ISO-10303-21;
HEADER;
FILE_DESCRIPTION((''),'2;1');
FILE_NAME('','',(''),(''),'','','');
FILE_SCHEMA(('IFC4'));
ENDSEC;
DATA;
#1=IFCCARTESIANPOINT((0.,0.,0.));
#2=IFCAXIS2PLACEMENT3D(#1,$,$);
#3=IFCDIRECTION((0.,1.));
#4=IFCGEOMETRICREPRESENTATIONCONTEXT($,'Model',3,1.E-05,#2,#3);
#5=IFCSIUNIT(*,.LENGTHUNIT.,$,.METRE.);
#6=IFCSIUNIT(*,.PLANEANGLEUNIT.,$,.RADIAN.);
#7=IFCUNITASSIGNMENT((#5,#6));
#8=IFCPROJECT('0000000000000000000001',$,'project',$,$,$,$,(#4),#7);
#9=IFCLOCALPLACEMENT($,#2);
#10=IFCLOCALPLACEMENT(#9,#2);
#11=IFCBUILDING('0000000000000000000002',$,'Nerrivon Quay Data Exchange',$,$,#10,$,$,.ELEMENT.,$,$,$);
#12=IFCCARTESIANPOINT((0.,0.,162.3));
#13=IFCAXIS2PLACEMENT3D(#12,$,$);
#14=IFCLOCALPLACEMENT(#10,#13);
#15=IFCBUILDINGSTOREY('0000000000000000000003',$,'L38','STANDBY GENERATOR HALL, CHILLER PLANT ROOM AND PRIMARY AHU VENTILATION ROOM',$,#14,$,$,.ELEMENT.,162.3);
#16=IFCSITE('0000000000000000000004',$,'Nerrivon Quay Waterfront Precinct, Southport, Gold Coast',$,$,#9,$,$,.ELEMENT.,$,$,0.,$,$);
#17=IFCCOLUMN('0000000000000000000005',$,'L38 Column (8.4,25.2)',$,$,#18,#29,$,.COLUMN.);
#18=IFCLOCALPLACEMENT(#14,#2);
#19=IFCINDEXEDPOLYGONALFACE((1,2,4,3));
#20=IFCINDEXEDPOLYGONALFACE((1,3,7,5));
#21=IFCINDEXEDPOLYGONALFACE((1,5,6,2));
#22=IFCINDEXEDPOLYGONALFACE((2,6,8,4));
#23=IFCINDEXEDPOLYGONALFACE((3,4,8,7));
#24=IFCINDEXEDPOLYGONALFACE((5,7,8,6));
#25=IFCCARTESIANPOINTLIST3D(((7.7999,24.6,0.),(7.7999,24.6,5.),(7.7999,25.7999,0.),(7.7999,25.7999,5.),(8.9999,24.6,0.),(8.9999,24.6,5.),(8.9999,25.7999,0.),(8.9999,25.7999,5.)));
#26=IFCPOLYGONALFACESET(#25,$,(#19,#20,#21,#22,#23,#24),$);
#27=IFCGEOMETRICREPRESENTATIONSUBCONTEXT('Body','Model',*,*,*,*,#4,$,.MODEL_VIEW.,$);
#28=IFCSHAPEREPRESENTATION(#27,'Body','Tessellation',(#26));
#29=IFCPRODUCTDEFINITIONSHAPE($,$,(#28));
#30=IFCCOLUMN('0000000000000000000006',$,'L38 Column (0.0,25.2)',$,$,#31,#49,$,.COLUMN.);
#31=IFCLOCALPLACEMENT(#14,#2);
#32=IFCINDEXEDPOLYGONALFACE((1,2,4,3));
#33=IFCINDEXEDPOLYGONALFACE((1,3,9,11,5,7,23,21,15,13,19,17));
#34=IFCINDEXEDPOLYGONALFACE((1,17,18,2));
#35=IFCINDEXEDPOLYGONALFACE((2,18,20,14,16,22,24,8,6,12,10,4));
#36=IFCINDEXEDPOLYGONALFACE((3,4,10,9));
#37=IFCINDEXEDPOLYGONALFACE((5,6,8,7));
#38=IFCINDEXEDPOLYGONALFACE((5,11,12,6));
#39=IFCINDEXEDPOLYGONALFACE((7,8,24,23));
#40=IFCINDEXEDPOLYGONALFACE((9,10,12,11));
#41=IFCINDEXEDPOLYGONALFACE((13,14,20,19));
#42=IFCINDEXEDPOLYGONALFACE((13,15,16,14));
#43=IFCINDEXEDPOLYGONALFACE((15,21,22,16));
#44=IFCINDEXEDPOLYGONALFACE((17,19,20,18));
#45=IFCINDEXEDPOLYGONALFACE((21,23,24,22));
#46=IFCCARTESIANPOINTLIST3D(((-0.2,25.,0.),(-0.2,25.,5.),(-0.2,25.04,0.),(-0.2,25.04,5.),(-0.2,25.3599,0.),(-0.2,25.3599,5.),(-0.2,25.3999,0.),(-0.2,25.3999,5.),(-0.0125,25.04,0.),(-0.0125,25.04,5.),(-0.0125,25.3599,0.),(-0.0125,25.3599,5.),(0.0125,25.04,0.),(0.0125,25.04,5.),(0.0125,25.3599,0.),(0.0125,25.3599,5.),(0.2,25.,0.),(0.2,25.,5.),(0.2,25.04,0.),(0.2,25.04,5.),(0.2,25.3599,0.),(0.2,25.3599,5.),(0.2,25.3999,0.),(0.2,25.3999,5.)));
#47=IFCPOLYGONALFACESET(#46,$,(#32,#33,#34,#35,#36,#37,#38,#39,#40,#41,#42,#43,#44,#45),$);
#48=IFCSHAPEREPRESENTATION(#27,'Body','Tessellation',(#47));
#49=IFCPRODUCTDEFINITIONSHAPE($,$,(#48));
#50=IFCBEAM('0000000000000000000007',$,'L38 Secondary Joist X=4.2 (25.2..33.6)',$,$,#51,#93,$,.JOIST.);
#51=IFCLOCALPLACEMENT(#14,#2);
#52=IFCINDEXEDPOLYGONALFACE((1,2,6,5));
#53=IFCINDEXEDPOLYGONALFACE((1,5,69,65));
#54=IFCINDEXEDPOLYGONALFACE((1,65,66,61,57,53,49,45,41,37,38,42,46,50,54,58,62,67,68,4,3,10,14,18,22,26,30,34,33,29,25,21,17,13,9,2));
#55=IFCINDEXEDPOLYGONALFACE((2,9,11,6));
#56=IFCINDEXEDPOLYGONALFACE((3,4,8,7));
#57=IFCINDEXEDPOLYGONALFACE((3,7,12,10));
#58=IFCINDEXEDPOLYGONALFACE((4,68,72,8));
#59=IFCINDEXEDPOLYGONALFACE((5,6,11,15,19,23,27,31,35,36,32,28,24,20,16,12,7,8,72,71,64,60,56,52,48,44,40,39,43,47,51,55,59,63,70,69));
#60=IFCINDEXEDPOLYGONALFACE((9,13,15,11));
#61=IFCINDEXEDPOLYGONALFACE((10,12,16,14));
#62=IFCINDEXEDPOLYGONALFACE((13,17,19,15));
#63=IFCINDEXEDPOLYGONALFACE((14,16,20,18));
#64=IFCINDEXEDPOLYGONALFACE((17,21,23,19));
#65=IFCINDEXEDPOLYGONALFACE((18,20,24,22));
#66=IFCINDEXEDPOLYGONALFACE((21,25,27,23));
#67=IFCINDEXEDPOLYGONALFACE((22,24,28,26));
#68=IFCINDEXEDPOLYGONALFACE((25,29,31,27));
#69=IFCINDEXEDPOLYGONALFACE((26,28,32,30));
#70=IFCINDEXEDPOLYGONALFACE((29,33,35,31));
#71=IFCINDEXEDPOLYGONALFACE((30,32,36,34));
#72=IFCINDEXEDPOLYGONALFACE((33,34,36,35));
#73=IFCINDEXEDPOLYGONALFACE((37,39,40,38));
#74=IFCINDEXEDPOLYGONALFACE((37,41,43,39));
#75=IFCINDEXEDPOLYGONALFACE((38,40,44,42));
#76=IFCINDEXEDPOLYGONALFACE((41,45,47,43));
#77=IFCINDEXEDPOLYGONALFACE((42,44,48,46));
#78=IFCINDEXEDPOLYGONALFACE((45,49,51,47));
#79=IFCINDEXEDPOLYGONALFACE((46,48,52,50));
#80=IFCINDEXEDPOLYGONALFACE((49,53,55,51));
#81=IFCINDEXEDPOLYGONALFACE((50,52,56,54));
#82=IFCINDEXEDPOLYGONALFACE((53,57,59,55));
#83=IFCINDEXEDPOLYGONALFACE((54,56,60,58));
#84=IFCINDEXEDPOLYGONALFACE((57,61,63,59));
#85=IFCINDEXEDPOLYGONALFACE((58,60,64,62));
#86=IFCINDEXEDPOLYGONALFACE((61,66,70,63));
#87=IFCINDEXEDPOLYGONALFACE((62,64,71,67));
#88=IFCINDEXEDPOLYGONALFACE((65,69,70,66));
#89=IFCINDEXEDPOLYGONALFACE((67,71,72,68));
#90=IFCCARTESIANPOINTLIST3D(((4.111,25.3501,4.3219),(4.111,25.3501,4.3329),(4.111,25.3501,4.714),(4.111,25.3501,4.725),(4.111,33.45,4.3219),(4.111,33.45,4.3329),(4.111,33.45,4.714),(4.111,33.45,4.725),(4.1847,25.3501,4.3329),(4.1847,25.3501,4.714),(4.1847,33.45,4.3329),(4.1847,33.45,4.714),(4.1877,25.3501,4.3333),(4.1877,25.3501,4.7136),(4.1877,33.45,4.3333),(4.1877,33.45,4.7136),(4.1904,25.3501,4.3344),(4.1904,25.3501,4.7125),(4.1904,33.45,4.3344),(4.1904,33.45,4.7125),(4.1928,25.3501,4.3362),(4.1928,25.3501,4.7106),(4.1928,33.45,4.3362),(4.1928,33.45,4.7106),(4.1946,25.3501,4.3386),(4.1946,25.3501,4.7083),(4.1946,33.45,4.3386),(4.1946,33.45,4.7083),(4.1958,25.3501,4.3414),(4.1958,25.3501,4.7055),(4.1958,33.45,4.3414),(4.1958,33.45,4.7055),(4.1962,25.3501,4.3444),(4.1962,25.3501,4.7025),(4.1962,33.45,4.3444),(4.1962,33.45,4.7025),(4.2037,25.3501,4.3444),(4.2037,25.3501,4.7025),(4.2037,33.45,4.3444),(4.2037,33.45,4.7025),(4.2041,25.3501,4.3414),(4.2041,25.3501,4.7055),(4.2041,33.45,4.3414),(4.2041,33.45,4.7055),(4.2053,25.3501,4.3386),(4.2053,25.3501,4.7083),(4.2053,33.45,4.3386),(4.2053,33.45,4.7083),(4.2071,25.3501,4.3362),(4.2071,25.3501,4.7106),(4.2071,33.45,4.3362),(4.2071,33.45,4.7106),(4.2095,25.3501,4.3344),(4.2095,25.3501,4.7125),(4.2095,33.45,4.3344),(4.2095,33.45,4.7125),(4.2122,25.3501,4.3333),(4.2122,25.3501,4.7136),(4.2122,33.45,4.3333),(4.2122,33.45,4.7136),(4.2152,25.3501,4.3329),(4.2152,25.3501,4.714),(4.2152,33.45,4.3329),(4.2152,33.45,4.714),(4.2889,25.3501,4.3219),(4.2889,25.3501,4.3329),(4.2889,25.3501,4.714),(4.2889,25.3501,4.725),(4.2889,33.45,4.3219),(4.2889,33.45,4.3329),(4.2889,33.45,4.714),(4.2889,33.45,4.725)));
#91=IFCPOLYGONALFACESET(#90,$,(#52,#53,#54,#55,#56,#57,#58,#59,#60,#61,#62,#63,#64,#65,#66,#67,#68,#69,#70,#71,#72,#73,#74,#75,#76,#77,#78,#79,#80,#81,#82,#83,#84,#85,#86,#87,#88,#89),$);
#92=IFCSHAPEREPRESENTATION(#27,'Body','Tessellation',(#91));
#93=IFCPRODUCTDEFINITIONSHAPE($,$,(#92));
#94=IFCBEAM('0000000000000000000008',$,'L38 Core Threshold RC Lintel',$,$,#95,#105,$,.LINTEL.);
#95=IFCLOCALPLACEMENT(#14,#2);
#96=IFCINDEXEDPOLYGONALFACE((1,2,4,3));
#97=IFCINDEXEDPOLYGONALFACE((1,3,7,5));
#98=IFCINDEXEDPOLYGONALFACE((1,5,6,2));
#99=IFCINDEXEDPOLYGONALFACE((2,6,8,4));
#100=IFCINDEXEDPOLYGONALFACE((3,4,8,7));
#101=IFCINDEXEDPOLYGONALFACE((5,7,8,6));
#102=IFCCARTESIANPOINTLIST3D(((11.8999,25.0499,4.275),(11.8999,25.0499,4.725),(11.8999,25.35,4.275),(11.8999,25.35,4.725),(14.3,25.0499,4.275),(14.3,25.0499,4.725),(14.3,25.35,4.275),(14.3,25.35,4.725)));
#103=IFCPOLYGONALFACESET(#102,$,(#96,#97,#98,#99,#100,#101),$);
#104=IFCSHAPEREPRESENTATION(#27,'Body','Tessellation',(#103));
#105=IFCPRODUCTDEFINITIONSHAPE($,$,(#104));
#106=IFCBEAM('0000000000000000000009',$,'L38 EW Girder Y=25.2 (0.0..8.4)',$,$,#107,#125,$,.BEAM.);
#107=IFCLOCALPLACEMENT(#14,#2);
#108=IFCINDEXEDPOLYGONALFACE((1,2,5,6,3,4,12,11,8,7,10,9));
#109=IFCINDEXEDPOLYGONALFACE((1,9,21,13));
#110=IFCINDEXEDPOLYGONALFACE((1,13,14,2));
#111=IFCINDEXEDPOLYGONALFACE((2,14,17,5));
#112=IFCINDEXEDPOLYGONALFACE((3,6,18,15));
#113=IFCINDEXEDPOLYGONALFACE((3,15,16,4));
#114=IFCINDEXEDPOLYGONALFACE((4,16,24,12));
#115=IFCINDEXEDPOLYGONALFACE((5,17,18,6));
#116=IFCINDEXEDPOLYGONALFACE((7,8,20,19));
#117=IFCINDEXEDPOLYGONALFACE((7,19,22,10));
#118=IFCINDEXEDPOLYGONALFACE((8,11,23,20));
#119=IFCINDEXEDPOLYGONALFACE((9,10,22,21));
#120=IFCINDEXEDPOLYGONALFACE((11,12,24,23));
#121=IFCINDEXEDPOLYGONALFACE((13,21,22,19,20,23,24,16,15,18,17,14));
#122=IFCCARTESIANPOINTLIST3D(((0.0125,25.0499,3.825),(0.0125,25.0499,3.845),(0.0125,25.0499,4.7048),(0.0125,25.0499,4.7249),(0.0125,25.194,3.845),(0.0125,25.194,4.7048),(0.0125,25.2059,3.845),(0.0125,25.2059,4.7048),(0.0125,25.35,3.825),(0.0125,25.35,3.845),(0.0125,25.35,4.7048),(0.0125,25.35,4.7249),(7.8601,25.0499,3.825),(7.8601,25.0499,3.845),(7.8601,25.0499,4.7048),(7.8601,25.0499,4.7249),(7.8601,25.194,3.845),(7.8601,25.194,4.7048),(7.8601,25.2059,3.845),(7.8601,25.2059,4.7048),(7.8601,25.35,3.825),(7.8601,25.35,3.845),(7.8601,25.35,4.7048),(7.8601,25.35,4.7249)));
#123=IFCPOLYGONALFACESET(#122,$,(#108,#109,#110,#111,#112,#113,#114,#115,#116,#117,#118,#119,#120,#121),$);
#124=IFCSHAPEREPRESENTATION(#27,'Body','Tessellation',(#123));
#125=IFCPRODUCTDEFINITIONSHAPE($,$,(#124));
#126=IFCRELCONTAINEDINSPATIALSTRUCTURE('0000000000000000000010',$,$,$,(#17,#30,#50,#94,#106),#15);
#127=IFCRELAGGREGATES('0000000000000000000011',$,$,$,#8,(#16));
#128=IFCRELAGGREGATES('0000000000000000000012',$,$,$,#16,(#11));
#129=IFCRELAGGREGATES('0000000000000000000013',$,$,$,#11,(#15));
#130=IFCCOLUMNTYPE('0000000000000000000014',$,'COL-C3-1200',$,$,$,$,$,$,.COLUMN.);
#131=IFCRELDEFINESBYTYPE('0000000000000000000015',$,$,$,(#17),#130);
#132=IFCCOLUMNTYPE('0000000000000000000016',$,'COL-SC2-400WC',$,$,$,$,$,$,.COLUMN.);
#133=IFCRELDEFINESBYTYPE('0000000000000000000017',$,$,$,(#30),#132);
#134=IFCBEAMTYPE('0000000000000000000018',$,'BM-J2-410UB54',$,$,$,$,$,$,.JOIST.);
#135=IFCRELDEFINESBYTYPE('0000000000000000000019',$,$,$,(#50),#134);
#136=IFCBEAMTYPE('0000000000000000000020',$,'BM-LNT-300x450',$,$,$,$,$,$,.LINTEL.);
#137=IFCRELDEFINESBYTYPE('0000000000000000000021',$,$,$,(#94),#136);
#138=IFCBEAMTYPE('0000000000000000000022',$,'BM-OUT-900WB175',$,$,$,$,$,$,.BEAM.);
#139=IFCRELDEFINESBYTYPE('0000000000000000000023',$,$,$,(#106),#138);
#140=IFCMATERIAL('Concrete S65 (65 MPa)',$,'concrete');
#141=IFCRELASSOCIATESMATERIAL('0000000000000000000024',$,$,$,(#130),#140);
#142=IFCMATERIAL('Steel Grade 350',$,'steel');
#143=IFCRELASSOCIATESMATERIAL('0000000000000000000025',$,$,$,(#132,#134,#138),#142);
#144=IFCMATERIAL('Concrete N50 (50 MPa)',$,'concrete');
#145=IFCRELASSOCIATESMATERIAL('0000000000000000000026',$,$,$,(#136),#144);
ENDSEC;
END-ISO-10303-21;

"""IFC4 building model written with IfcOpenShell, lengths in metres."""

from ifc_helpers import new_model, si_unit, direction, frame, origin, origin_2d, place, context, subcontext, project, spatial, rectangle, i_section, extrude, material, material_profile, profile_set, type_object, element, save


model = new_model("IFC4")

# Units and contexts
model_context = context("Model", 3, precision=1e-05, world=origin(), true_north=direction((0.0, 1.0)))
body_context = subcontext(model_context, "Body", "Model", "MODEL_VIEW")
ifc_project = project(units=[si_unit("LENGTHUNIT", "METRE"), si_unit("PLANEANGLEUNIT", "RADIAN")], contexts=[model_context])

# Site, building, storey
site_placement = place(None, origin())
site = spatial("IfcSite", under=ifc_project, at=site_placement, Name="Nerrivon Quay Waterfront Precinct, Southport, Gold Coast", CompositionType="ELEMENT", RefElevation=0.0)
building_placement = place(site_placement, origin())
building = spatial("IfcBuilding", under=site, at=building_placement, Name="Nerrivon Quay Data Exchange", CompositionType="ELEMENT")
storey_placement = place(building_placement, frame((0.0, 0.0, 162.3)))
storey = spatial("IfcBuildingStorey", under=building, at=storey_placement, Name="L38", Description="STANDBY GENERATOR HALL, CHILLER PLANT ROOM AND PRIMARY AHU VENTILATION ROOM", CompositionType="ELEMENT", Elevation=162.3)

# Columns
ifc_material_1 = material(Name="Concrete S65 (65 MPa)", Category="concrete")
ifc_material_profile_1 = material_profile(ifc_material_1, rectangle(XDim=1.2, YDim=1.2, at=origin_2d()), Name="RC-COL-1200x1200")
ifc_profile_set_1 = profile_set([ifc_material_profile_1], Name="Concrete S65 (65 MPa)")
column_type_1 = type_object("IfcColumnType", Name="COL-C3-1200", PredefinedType="COLUMN", material=ifc_profile_set_1)
column_1_placement = place(storey_placement, frame((8.3999, 25.2, 0.0), z_axis=(0.0, 0.0, 1.0), x_axis=(1.0, 0.0, 0.0)))
element("IfcColumn", 1, at=column_1_placement, inside=storey, type_object=column_type_1, Name="L38 Column (8.4,25.2)", PredefinedType="COLUMN", context=body_context, shape_type="SweptSolid", body=[
    extrude(rectangle(XDim=1.2, YDim=1.2, at=origin_2d()), origin(), (0.0, 0.0, 1.0), 5.0),
])
ifc_material_2 = material(Name="Steel Grade 350", Category="steel")
ifc_material_profile_2 = material_profile(ifc_material_2, i_section(OverallWidth=0.3999, OverallDepth=0.3999, WebThickness=0.0249, FlangeThickness=0.04, at=origin_2d()), Name="400WC328")
ifc_profile_set_2 = profile_set([ifc_material_profile_2], Name="Steel Grade 350")
column_type_2 = type_object("IfcColumnType", Name="COL-SC2-400WC", PredefinedType="COLUMN", material=ifc_profile_set_2)
column_2_placement = place(storey_placement, frame((0.0, 25.2, 0.0), z_axis=(0.0, 0.0, 1.0), x_axis=(1.0, 0.0, 0.0)))
element("IfcColumn", 2, at=column_2_placement, inside=storey, type_object=column_type_2, Name="L38 Column (0.0,25.2)", PredefinedType="COLUMN", context=body_context, shape_type="SweptSolid", body=[
    extrude(i_section(OverallWidth=0.3999, OverallDepth=0.3999, WebThickness=0.0249, FlangeThickness=0.04, at=origin_2d()), origin(), (0.0, 0.0, 1.0), 5.0),
])

# Beams
ifc_material_profile_3 = material_profile(ifc_material_2, i_section(OverallWidth=0.178, OverallDepth=0.4031, WebThickness=0.0076, FlangeThickness=0.011, FilletRadius=0.0115, at=origin_2d()), Name="410UB53.7")
ifc_profile_set_3 = profile_set([ifc_material_profile_3], Name="Steel Grade 350")
beam_type_1 = type_object("IfcBeamType", Name="BM-J2-410UB54", PredefinedType="JOIST", material=ifc_profile_set_3)
beam_1_placement = place(storey_placement, frame((4.2, 25.3501, 4.5234), z_axis=(0.0, 1.0, 0.0), x_axis=(-1.0, 0.0, 0.0)))
element("IfcBeam", 3, at=beam_1_placement, inside=storey, type_object=beam_type_1, Name="L38 Secondary Joist X=4.2 (25.2..33.6)", PredefinedType="JOIST", context=body_context, shape_type="SweptSolid", body=[
    extrude(i_section(OverallWidth=0.178, OverallDepth=0.4031, WebThickness=0.0076, FlangeThickness=0.011, FilletRadius=0.0115, at=origin_2d()), origin(), (0.0, 0.0, 1.0), 8.0999),
])
ifc_material_3 = material(Name="Concrete N50 (50 MPa)", Category="concrete")
ifc_material_profile_4 = material_profile(ifc_material_3, rectangle(XDim=0.3, YDim=0.45, at=origin_2d()), Name="RC-LNT-300x450")
ifc_profile_set_4 = profile_set([ifc_material_profile_4], Name="Concrete N50 (50 MPa)")
beam_type_2 = type_object("IfcBeamType", Name="BM-LNT-300x450", PredefinedType="LINTEL", material=ifc_profile_set_4)
beam_2_placement = place(storey_placement, frame((11.8999, 25.2, 4.5), z_axis=(1.0, 0.0, 0.0), x_axis=(0.0, 1.0, 0.0)))
element("IfcBeam", 4, at=beam_2_placement, inside=storey, type_object=beam_type_2, Name="L38 Core Threshold RC Lintel", PredefinedType="LINTEL", context=body_context, shape_type="SweptSolid", body=[
    extrude(rectangle(XDim=0.3, YDim=0.45, at=origin_2d()), origin(), (0.0, 0.0, 1.0), 2.4001),
])
ifc_material_profile_5 = material_profile(ifc_material_2, i_section(OverallWidth=0.3, OverallDepth=0.8999, WebThickness=0.012, FlangeThickness=0.02, at=origin_2d()), Name="900WB175")
ifc_profile_set_5 = profile_set([ifc_material_profile_5], Name="Steel Grade 350")
beam_type_3 = type_object("IfcBeamType", Name="BM-OUT-900WB175", PredefinedType="BEAM", material=ifc_profile_set_5)
beam_3_placement = place(storey_placement, frame((0.0125, 25.2, 4.2749), z_axis=(1.0, 0.0, 0.0), x_axis=(0.0, 1.0, 0.0)))
element("IfcBeam", 5, at=beam_3_placement, inside=storey, type_object=beam_type_3, Name="L38 EW Girder Y=25.2 (0.0..8.4)", PredefinedType="BEAM", context=body_context, shape_type="SweptSolid", body=[
    extrude(i_section(OverallWidth=0.3, OverallDepth=0.8999, WebThickness=0.012, FlangeThickness=0.02, at=origin_2d()), origin(), (0.0, 0.0, 1.0), 7.8477),
])

save(model, "model.ifc")
